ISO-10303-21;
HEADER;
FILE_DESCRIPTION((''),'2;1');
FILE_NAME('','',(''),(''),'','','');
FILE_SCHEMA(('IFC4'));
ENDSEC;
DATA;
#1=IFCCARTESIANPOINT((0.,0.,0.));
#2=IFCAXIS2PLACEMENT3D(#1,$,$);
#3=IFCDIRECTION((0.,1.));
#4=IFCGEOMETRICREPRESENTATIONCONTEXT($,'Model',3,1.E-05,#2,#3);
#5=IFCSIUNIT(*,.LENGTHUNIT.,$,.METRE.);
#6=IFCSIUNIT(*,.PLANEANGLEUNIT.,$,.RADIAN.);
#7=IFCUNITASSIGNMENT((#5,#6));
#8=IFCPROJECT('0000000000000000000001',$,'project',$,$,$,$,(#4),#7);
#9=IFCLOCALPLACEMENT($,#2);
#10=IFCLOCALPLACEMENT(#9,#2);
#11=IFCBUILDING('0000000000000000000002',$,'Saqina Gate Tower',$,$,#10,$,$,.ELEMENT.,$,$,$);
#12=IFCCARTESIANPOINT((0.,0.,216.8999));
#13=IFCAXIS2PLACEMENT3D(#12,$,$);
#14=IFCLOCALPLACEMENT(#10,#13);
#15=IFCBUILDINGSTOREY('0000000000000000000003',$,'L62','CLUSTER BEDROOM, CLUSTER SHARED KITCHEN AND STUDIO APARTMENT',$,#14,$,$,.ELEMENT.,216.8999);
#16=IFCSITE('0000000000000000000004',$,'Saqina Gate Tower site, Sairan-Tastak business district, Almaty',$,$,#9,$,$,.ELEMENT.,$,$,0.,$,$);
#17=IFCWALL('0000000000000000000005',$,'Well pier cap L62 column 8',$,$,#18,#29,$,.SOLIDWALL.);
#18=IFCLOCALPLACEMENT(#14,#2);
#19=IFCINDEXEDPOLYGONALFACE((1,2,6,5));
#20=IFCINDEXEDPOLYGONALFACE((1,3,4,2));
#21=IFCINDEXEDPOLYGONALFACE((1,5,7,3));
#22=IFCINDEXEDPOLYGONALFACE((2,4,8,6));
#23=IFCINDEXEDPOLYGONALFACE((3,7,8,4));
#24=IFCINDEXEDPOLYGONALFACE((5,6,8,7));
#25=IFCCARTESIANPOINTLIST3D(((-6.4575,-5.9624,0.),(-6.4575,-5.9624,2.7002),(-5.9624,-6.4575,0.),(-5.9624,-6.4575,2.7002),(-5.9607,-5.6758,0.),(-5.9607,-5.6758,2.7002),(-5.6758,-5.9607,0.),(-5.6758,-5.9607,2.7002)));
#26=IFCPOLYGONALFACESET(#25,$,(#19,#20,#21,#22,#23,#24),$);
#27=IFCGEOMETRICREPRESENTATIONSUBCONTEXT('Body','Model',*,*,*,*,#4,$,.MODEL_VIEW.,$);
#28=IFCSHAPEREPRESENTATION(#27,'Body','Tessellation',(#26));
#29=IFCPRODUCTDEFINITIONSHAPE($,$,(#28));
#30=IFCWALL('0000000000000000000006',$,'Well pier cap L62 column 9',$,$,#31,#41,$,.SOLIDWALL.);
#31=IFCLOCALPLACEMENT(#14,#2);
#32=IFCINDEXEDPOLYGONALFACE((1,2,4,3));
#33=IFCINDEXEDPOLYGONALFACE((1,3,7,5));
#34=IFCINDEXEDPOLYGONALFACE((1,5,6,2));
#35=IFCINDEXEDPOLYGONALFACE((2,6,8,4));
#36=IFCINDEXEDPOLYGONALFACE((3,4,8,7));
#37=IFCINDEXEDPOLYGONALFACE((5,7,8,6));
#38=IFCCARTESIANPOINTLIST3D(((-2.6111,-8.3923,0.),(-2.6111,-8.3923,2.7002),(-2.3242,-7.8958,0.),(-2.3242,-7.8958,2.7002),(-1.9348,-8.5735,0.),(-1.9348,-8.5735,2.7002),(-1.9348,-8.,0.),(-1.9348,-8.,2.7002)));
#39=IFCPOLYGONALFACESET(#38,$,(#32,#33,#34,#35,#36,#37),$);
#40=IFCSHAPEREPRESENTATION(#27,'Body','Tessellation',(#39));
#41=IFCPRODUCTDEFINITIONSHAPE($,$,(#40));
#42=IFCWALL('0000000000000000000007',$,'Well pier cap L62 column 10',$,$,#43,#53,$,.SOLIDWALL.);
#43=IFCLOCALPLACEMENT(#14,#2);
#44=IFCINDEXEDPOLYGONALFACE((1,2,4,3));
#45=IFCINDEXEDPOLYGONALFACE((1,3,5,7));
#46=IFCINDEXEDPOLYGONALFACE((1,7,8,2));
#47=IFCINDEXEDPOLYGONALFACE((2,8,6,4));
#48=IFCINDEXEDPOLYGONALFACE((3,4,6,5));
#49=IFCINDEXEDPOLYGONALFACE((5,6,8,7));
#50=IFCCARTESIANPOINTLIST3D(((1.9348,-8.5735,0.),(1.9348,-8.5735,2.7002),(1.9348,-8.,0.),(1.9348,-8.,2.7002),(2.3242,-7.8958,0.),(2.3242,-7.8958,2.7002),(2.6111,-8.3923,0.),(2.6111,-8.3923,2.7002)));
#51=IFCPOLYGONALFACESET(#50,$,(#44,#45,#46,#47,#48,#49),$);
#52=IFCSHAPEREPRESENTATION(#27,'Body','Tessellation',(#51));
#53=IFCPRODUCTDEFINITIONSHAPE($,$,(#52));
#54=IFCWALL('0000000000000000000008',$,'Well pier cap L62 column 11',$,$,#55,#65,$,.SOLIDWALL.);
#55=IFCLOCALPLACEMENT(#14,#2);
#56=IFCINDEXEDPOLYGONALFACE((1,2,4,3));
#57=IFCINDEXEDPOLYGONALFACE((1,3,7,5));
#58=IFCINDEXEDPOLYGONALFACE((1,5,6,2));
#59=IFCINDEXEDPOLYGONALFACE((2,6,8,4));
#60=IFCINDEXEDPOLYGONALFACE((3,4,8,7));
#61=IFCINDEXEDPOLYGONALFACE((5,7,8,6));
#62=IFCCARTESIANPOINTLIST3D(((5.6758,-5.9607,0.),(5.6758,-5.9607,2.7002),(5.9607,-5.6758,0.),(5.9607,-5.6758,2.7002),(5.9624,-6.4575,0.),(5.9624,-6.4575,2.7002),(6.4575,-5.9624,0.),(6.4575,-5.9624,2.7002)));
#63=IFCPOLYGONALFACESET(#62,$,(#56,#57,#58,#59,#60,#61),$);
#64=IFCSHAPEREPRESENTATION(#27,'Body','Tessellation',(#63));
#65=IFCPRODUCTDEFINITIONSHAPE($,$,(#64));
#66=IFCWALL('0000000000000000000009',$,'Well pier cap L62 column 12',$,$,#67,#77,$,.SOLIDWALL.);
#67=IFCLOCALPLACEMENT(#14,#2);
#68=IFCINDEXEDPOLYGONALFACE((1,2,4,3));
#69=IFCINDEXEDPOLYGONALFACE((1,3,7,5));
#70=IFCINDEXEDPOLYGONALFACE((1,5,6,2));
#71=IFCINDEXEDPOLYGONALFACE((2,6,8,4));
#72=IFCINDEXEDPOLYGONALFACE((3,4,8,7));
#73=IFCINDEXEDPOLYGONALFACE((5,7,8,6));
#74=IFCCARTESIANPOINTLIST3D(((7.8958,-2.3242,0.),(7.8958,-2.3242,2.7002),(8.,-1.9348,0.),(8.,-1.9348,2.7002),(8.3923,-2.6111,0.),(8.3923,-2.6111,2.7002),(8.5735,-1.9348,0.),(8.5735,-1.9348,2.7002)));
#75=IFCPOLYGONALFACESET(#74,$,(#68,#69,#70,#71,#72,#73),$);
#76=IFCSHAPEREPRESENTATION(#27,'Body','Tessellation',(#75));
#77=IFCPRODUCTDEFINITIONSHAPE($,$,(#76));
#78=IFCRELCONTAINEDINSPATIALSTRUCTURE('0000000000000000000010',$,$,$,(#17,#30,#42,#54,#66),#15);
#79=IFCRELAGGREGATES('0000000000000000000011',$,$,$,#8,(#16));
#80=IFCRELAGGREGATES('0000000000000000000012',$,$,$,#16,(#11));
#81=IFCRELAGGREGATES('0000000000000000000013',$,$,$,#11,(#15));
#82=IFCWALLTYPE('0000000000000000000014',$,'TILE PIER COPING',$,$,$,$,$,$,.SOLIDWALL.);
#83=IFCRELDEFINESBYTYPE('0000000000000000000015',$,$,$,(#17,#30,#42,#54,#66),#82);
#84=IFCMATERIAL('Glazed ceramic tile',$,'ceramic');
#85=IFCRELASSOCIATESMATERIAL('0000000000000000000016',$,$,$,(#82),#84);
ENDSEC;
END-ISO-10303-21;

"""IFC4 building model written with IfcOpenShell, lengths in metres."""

from ifc_helpers import new_model, si_unit, direction, frame, origin, place, context, subcontext, project, spatial, polyline, outline, extrude, material, type_object, element, save


model = new_model("IFC4")

# Units and contexts
model_context = context("Model", 3, precision=1e-05, world=origin(), true_north=direction((0.0, 1.0)))
body_context = subcontext(model_context, "Body", "Model", "MODEL_VIEW")
ifc_project = project(units=[si_unit("LENGTHUNIT", "METRE"), si_unit("PLANEANGLEUNIT", "RADIAN")], contexts=[model_context])

# Site, building, storey
site_placement = place(None, origin())
site = spatial("IfcSite", under=ifc_project, at=site_placement, Name="Saqina Gate Tower site, Sairan-Tastak business district, Almaty", CompositionType="ELEMENT", RefElevation=0.0)
building_placement = place(site_placement, origin())
building = spatial("IfcBuilding", under=site, at=building_placement, Name="Saqina Gate Tower", CompositionType="ELEMENT")
storey_placement = place(building_placement, frame((0.0, 0.0, 216.8999)))
storey = spatial("IfcBuildingStorey", under=building, at=storey_placement, Name="L62", Description="CLUSTER BEDROOM, CLUSTER SHARED KITCHEN AND STUDIO APARTMENT", CompositionType="ELEMENT", Elevation=216.8999)

# Walls
ifc_material_1 = material(Name="Glazed ceramic tile", Category="ceramic")
wall_type_1 = type_object("IfcWallType", Name="TILE PIER COPING", PredefinedType="SOLIDWALL", material=ifc_material_1)
wall_1_placement = place(storey_placement, origin())
element("IfcWall", 1, at=wall_1_placement, inside=storey, type_object=wall_type_1, Name="Well pier cap L62 column 8", PredefinedType="SOLIDWALL", context=body_context, shape_type="SweptSolid", body=[
    extrude(outline(polyline([(-6.4575, -5.9624), (-5.9624, -6.4575), (-5.6758, -5.9607), (-5.9607, -5.6758), (-6.4575, -5.9624)])), origin(), (0.0, 0.0, 1.0), 2.7002),
])
wall_2_placement = place(storey_placement, origin())
element("IfcWall", 2, at=wall_2_placement, inside=storey, type_object=wall_type_1, Name="Well pier cap L62 column 9", PredefinedType="SOLIDWALL", context=body_context, shape_type="SweptSolid", body=[
    extrude(outline(polyline([(-1.9348, -8.5735), (-1.9348, -8.0), (-2.3242, -7.8958), (-2.6111, -8.3923), (-1.9348, -8.5735)])), origin(), (0.0, 0.0, 1.0), 2.7002),
])
wall_3_placement = place(storey_placement, origin())
element("IfcWall", 3, at=wall_3_placement, inside=storey, type_object=wall_type_1, Name="Well pier cap L62 column 10", PredefinedType="SOLIDWALL", context=body_context, shape_type="SweptSolid", body=[
    extrude(outline(polyline([(2.6111, -8.3923), (2.3242, -7.8958), (1.9348, -8.0), (1.9348, -8.5735), (2.6111, -8.3923)])), origin(), (0.0, 0.0, 1.0), 2.7002),
])
wall_4_placement = place(storey_placement, origin())
element("IfcWall", 4, at=wall_4_placement, inside=storey, type_object=wall_type_1, Name="Well pier cap L62 column 11", PredefinedType="SOLIDWALL", context=body_context, shape_type="SweptSolid", body=[
    extrude(outline(polyline([(5.9624, -6.4575), (6.4575, -5.9624), (5.9607, -5.6758), (5.6758, -5.9607), (5.9624, -6.4575)])), origin(), (0.0, 0.0, 1.0), 2.7002),
])
wall_5_placement = place(storey_placement, origin())
element("IfcWall", 5, at=wall_5_placement, inside=storey, type_object=wall_type_1, Name="Well pier cap L62 column 12", PredefinedType="SOLIDWALL", context=body_context, shape_type="SweptSolid", body=[
    extrude(outline(polyline([(8.5735, -1.9348), (8.0, -1.9348), (7.8958, -2.3242), (8.3923, -2.6111), (8.5735, -1.9348)])), origin(), (0.0, 0.0, 1.0), 2.7002),
])

save(model, "model.ifc")
